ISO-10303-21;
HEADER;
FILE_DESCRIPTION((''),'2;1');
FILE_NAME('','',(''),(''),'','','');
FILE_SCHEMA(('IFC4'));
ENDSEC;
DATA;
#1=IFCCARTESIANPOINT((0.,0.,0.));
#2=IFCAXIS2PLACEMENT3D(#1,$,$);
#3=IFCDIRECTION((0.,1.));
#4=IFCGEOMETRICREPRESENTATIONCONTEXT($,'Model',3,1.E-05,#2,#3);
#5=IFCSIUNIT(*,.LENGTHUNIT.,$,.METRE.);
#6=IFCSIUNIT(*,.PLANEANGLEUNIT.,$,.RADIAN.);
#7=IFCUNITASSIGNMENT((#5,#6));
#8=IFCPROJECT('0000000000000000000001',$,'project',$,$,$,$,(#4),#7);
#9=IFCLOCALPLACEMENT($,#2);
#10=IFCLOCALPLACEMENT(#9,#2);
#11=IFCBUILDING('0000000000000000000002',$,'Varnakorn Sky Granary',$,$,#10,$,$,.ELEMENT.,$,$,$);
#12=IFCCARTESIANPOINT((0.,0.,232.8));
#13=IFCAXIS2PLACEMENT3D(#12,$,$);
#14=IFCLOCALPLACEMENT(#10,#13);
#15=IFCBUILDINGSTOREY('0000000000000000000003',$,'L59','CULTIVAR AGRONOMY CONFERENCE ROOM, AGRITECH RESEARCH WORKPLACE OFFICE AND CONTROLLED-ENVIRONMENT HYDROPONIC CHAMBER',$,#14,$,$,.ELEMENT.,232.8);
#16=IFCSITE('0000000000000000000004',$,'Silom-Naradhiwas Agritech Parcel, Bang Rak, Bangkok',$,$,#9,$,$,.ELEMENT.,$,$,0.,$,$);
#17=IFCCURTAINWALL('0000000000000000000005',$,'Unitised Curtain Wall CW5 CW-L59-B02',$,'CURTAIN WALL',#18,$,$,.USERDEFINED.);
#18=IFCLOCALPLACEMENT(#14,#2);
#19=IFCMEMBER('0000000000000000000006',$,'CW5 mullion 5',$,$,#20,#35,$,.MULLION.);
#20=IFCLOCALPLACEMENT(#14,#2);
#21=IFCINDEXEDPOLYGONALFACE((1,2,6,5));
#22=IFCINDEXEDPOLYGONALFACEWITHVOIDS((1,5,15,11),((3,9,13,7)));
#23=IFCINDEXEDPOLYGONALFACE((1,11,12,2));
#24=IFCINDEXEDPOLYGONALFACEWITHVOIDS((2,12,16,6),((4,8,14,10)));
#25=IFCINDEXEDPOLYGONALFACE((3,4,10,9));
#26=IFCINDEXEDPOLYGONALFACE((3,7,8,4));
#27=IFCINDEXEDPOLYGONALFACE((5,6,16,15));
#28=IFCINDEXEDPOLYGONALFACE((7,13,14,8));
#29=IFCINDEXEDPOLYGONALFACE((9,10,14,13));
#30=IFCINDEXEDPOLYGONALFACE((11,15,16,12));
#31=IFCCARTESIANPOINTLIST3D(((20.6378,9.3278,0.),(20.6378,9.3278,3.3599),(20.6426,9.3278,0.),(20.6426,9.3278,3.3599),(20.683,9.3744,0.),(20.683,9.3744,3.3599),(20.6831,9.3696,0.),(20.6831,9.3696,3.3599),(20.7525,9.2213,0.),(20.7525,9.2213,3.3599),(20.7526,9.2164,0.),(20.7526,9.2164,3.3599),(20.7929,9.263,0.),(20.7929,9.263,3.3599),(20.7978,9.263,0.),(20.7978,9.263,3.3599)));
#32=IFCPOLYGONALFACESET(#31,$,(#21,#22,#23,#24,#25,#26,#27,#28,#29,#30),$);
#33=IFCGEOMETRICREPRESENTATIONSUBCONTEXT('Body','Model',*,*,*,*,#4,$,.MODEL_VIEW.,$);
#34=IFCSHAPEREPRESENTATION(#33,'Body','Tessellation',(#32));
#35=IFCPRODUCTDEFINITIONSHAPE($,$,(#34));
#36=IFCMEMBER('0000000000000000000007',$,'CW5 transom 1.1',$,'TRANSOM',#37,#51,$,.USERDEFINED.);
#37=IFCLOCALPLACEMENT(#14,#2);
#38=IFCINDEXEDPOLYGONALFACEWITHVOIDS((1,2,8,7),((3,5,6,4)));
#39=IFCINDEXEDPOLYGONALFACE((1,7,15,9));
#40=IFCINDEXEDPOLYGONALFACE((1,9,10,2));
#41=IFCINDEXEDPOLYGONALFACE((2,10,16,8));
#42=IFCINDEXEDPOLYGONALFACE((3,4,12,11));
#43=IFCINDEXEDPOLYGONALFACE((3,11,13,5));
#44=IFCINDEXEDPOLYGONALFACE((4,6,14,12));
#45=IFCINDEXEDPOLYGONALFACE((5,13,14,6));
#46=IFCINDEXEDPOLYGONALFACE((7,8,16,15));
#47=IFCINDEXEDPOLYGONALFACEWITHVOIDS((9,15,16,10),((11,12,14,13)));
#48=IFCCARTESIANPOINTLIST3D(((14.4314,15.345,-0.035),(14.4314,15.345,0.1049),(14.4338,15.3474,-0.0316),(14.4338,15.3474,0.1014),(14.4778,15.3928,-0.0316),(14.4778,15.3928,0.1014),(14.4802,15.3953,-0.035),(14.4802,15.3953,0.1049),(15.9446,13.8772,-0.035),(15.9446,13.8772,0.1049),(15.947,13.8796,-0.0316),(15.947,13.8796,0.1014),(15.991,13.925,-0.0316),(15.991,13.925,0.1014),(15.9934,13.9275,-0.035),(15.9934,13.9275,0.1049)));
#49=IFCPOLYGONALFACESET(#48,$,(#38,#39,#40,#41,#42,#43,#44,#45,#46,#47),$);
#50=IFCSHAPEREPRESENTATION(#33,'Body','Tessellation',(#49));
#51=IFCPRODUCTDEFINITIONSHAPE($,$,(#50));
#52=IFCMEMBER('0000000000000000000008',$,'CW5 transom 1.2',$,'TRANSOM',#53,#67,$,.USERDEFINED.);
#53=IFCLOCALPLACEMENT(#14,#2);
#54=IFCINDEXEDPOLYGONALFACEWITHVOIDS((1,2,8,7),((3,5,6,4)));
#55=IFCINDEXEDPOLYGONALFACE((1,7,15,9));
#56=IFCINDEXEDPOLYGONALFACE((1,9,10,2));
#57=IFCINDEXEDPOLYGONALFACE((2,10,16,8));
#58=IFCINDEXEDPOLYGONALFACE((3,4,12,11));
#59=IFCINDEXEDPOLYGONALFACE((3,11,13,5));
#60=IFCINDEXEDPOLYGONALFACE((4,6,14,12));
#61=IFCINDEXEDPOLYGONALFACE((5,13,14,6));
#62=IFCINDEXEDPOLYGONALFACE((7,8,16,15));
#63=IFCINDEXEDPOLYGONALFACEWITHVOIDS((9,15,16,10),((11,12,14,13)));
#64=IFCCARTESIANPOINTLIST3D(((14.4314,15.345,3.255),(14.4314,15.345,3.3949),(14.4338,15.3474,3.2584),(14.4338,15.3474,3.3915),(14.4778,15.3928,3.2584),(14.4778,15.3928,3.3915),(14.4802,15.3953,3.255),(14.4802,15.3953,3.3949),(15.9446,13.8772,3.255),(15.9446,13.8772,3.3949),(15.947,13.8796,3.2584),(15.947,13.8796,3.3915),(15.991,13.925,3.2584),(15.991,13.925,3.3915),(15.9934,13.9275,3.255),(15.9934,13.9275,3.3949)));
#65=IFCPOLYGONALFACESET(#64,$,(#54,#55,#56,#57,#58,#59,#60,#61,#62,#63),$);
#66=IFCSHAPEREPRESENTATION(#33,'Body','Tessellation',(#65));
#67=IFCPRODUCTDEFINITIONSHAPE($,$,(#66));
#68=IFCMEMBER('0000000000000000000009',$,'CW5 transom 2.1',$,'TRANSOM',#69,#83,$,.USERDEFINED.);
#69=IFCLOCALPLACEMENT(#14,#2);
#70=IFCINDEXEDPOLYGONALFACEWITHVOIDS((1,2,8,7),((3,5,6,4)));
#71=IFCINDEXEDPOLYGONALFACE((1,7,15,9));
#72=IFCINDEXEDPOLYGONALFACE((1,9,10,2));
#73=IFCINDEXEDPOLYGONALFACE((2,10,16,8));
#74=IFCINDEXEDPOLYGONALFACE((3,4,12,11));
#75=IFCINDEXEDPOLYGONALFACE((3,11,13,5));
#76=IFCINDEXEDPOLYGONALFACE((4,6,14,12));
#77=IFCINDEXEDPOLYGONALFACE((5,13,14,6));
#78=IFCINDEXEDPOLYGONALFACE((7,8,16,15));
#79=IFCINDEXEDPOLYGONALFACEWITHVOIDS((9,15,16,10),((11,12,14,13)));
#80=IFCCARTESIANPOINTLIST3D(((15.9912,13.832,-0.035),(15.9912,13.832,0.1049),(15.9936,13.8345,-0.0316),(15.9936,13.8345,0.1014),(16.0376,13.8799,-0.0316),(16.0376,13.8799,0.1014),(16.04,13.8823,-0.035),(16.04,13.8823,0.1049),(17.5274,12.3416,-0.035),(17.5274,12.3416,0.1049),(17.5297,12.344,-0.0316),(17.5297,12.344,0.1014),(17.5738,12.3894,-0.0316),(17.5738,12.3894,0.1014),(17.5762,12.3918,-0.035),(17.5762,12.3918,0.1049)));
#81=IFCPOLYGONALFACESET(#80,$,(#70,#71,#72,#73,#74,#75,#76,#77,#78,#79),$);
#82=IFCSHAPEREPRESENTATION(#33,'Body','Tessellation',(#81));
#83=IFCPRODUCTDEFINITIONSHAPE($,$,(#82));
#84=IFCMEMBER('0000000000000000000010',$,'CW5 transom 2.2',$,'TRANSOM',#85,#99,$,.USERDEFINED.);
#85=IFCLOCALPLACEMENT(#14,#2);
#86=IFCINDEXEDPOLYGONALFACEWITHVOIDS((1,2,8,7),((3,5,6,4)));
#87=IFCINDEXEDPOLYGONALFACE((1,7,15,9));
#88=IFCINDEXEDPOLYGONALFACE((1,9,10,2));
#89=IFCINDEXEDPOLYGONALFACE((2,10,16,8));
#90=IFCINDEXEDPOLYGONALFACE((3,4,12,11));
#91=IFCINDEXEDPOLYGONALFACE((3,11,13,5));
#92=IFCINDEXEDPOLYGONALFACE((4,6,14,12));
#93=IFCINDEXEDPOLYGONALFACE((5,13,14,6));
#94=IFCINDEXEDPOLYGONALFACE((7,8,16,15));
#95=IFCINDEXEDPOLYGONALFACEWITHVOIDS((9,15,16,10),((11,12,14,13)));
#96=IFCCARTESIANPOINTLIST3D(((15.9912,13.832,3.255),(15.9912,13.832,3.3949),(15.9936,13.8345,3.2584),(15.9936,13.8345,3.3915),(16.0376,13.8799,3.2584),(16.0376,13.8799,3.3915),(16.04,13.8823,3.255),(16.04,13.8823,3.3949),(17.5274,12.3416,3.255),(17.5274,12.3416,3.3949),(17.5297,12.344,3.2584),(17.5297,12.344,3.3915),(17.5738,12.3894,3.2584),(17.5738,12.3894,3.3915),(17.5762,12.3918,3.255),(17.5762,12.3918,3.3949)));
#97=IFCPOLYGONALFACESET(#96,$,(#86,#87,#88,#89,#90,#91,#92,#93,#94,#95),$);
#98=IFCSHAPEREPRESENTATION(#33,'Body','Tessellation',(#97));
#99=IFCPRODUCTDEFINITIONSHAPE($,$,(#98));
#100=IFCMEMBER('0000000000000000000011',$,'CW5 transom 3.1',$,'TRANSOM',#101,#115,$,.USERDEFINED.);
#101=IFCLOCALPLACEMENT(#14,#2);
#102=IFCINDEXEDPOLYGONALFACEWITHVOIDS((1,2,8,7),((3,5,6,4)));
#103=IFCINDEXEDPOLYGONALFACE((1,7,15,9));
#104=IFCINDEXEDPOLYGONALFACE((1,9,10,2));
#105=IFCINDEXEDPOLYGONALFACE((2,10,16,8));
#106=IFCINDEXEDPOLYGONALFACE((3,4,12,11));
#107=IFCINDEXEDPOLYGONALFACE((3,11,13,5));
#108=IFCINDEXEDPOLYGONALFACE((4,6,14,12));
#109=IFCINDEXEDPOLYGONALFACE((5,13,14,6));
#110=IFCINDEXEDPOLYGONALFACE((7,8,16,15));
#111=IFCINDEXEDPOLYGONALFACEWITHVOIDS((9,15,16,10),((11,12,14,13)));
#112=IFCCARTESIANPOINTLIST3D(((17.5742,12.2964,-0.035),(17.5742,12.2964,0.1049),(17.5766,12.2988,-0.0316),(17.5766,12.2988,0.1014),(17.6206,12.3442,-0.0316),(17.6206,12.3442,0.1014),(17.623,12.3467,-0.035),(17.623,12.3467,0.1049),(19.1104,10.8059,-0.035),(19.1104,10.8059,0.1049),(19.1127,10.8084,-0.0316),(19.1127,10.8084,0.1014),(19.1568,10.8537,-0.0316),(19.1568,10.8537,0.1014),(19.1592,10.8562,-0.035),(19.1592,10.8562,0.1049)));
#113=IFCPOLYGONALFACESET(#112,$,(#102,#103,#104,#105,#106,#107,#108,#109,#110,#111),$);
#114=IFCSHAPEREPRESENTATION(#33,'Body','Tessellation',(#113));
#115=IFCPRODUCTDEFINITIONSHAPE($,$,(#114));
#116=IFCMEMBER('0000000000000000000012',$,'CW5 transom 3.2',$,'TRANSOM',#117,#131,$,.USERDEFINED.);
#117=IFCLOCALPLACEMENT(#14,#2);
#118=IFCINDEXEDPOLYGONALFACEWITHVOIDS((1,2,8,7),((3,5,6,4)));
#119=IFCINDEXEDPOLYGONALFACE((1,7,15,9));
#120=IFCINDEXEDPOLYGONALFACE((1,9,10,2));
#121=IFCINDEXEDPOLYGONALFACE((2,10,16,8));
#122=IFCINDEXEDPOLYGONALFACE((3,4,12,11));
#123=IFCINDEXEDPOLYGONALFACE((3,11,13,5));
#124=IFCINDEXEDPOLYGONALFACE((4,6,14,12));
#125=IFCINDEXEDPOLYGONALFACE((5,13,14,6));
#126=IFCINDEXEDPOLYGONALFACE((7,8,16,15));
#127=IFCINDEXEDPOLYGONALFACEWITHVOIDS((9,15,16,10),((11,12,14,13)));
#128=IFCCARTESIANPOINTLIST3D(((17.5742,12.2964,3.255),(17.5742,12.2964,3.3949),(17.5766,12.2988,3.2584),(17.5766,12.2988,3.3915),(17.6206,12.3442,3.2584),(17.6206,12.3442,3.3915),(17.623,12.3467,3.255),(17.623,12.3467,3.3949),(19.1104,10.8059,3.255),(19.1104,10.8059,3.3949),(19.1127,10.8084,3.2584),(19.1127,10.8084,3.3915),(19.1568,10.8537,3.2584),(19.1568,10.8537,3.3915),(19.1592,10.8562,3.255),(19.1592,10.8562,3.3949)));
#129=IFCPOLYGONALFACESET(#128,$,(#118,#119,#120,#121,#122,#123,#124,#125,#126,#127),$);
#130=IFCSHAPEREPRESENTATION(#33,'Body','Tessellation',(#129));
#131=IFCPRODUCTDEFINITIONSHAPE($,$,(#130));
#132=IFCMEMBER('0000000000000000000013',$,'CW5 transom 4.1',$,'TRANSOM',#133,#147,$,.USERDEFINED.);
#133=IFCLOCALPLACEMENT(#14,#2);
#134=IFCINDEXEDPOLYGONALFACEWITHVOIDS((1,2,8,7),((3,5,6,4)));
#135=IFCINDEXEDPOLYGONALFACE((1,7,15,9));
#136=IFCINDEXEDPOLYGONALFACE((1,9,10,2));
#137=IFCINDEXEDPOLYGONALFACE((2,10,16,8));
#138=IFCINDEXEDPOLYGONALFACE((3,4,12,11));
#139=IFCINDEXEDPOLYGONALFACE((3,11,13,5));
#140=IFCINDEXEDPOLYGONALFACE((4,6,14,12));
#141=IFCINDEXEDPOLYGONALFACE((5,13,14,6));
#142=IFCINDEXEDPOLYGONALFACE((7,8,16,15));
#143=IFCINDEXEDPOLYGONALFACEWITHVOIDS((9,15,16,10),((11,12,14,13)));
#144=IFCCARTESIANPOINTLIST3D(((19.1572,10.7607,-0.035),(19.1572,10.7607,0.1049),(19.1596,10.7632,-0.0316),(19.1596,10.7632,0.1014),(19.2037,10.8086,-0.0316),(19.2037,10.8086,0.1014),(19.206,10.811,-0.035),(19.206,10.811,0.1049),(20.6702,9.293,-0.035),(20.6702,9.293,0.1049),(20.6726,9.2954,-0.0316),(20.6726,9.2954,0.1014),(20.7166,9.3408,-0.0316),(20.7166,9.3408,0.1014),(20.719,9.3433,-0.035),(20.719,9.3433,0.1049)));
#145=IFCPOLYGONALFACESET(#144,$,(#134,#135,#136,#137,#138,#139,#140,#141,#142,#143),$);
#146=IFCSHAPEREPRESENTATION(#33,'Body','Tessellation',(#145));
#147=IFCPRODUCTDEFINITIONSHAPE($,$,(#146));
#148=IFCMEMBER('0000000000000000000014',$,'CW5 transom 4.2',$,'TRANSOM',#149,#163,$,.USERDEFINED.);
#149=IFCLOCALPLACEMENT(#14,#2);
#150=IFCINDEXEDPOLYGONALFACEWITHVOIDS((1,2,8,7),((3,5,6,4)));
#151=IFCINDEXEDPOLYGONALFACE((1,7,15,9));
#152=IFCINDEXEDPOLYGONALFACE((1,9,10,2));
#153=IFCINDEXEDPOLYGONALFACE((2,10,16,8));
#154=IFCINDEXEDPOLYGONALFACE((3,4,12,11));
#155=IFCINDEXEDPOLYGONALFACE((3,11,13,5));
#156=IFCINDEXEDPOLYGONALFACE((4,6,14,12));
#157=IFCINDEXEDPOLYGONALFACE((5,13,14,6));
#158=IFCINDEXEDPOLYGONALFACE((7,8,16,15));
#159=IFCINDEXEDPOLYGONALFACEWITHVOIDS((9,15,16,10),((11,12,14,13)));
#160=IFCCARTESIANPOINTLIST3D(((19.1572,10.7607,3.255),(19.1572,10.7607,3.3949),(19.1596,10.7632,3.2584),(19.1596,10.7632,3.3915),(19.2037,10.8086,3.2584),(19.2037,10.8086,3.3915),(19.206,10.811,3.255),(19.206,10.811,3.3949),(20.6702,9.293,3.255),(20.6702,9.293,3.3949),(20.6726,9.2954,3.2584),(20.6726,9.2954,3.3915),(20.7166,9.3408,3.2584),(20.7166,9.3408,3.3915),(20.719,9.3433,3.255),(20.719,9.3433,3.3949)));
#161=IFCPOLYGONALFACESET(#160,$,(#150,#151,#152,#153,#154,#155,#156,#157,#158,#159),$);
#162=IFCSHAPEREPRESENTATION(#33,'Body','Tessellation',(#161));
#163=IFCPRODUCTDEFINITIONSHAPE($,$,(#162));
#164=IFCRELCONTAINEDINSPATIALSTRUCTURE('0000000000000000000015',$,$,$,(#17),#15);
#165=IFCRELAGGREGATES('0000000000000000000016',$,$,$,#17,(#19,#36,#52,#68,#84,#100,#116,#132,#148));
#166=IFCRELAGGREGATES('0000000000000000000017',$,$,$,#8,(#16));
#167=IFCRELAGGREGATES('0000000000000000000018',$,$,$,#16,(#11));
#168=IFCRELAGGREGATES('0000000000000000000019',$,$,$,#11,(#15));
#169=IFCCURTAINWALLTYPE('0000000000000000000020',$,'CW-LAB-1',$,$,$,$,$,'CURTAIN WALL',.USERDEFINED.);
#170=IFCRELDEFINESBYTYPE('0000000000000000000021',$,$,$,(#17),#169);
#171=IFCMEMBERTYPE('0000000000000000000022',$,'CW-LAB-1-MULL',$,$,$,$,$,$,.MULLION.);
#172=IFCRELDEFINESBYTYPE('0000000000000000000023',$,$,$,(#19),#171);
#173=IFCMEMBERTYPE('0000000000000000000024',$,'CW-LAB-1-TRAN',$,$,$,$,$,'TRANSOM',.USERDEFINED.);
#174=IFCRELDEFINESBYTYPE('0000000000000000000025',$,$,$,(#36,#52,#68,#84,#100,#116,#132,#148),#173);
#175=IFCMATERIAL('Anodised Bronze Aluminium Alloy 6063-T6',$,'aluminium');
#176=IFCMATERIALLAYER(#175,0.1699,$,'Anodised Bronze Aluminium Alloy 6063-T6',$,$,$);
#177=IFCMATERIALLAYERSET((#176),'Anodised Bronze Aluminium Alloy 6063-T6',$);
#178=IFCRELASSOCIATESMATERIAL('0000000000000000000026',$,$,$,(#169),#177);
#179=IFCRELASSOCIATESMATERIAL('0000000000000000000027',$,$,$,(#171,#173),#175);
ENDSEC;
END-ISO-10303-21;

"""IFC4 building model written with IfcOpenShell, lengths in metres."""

from ifc_helpers import new_model, si_unit, direction, frame, origin, origin_2d, place, context, subcontext, project, spatial, hollow_rectangle, extrude, material, layer, layer_set, material_profile, profile_set, type_object, element, aggregate, save


model = new_model("IFC4")

# Units and contexts
model_context = context("Model", 3, precision=1e-05, world=origin(), true_north=direction((0.0, 1.0)))
body_context = subcontext(model_context, "Body", "Model", "MODEL_VIEW")
ifc_project = project(units=[si_unit("LENGTHUNIT", "METRE"), si_unit("PLANEANGLEUNIT", "RADIAN")], contexts=[model_context])

# Site, building, storey
site_placement = place(None, origin())
site = spatial("IfcSite", under=ifc_project, at=site_placement, Name="Silom-Naradhiwas Agritech Parcel, Bang Rak, Bangkok", CompositionType="ELEMENT", RefElevation=0.0)
building_placement = place(site_placement, origin())
building = spatial("IfcBuilding", under=site, at=building_placement, Name="Varnakorn Sky Granary", CompositionType="ELEMENT")
storey_placement = place(building_placement, frame((0.0, 0.0, 232.8)))
storey = spatial("IfcBuildingStorey", under=building, at=storey_placement, Name="L59", Description="CULTIVAR AGRONOMY CONFERENCE ROOM, AGRITECH RESEARCH WORKPLACE OFFICE AND CONTROLLED-ENVIRONMENT HYDROPONIC CHAMBER", CompositionType="ELEMENT", Elevation=232.8)

# Curtain wall, members
ifc_material_1 = material(Name="Anodised Bronze Aluminium Alloy 6063-T6", Category="aluminium")
ifc_layer_1 = layer(ifc_material_1, 0.1699, Name="Anodised Bronze Aluminium Alloy 6063-T6")
ifc_layer_set_1 = layer_set([ifc_layer_1], Name="Anodised Bronze Aluminium Alloy 6063-T6")
curtain_wall_type = type_object("IfcCurtainWallType", Name="CW-LAB-1", ElementType="CURTAIN WALL", PredefinedType="USERDEFINED", material=ifc_layer_set_1)
curtain_wall_placement = place(storey_placement, origin())
curtain_wall = element("IfcCurtainWall", 1, at=curtain_wall_placement, inside=storey, type_object=curtain_wall_type, Name="Unitised Curtain Wall CW5 CW-L59-B02", ObjectType="CURTAIN WALL", PredefinedType="USERDEFINED")
ifc_material_profile_1 = material_profile(ifc_material_1, hollow_rectangle(XDim=0.0649, YDim=0.1599, WallThickness=0.0034, at=origin_2d()), Name="ALU MULL 65x160")
ifc_profile_set_1 = profile_set([ifc_material_profile_1], Name="Anodised Bronze Aluminium Alloy 6063-T6")
member_type_1 = type_object("IfcMemberType", Name="CW-LAB-1-MULL", PredefinedType="MULLION", material=ifc_profile_set_1)
member_1_placement = place(storey_placement, frame((20.7178, 9.2954, 0.0), z_axis=(0.0, 0.0, 1.0), x_axis=(0.696279, 0.717771, 0.0)))
member_1 = element("IfcMember", 2, at=member_1_placement, type_object=member_type_1, Name="CW5 mullion 5", PredefinedType="MULLION", context=body_context, shape_type="SweptSolid", body=[
    extrude(hollow_rectangle(XDim=0.0649, YDim=0.1599, WallThickness=0.0034, at=origin_2d()), origin(), (0.0, 0.0, 1.0), 3.3599),
])
ifc_material_profile_2 = material_profile(ifc_material_1, hollow_rectangle(XDim=0.0701, YDim=0.1399, WallThickness=0.0034, at=origin_2d()), Name="ALU TRAN 70x140")
ifc_profile_set_2 = profile_set([ifc_material_profile_2], Name="Anodised Bronze Aluminium Alloy 6063-T6")
member_type_2 = type_object("IfcMemberType", Name="CW-LAB-1-TRAN", ElementType="TRANSOM", PredefinedType="USERDEFINED", material=ifc_profile_set_2)
member_2_placement = place(storey_placement, frame((14.4558, 15.3701, 0.0349), z_axis=(0.717795, -0.696254, 0.0), x_axis=(0.696254, 0.717795, 0.0)))
member_2 = element("IfcMember", 3, at=member_2_placement, type_object=member_type_2, Name="CW5 transom 1.1", ObjectType="TRANSOM", PredefinedType="USERDEFINED", context=body_context, shape_type="SweptSolid", body=[
    extrude(hollow_rectangle(XDim=0.0701, YDim=0.1399, WallThickness=0.0034, at=origin_2d()), origin(), (0.0, 0.0, 1.0), 2.1082),
])
member_3_placement = place(storey_placement, frame((14.4558, 15.3701, 3.325), z_axis=(0.717795, -0.696254, 0.0), x_axis=(0.696254, 0.717795, 0.0)))
member_3 = element("IfcMember", 4, at=member_3_placement, type_object=member_type_2, Name="CW5 transom 1.2", ObjectType="TRANSOM", PredefinedType="USERDEFINED", context=body_context, shape_type="SweptSolid", body=[
    extrude(hollow_rectangle(XDim=0.0701, YDim=0.1399, WallThickness=0.0034, at=origin_2d()), origin(), (0.0, 0.0, 1.0), 2.1082),
])
member_4_placement = place(storey_placement, frame((16.0156, 13.8572, 0.0349), z_axis=(0.717691, -0.696361, 0.0), x_axis=(0.696361, 0.717691, 0.0)))
member_4 = element("IfcMember", 5, at=member_4_placement, type_object=member_type_2, Name="CW5 transom 2.1", ObjectType="TRANSOM", PredefinedType="USERDEFINED", context=body_context, shape_type="SweptSolid", body=[
    extrude(hollow_rectangle(XDim=0.0701, YDim=0.1399, WallThickness=0.0034, at=origin_2d()), origin(), (0.0, 0.0, 1.0), 2.1404),
])
member_5_placement = place(storey_placement, frame((16.0156, 13.8572, 3.325), z_axis=(0.717691, -0.696361, 0.0), x_axis=(0.696361, 0.717691, 0.0)))
member_5 = element("IfcMember", 6, at=member_5_placement, type_object=member_type_2, Name="CW5 transom 2.2", ObjectType="TRANSOM", PredefinedType="USERDEFINED", context=body_context, shape_type="SweptSolid", body=[
    extrude(hollow_rectangle(XDim=0.0701, YDim=0.1399, WallThickness=0.0034, at=origin_2d()), origin(), (0.0, 0.0, 1.0), 2.1404),
])
member_6_placement = place(storey_placement, frame((17.5986, 12.3215, 0.0349), z_axis=(0.717691, -0.696361, 0.0), x_axis=(0.696361, 0.717691, 0.0)))
member_6 = element("IfcMember", 7, at=member_6_placement, type_object=member_type_2, Name="CW5 transom 3.1", ObjectType="TRANSOM", PredefinedType="USERDEFINED", context=body_context, shape_type="SweptSolid", body=[
    extrude(hollow_rectangle(XDim=0.0701, YDim=0.1399, WallThickness=0.0034, at=origin_2d()), origin(), (0.0, 0.0, 1.0), 2.1404),
])
member_7_placement = place(storey_placement, frame((17.5986, 12.3215, 3.325), z_axis=(0.717691, -0.696361, 0.0), x_axis=(0.696361, 0.717691, 0.0)))
member_7 = element("IfcMember", 8, at=member_7_placement, type_object=member_type_2, Name="CW5 transom 3.2", ObjectType="TRANSOM", PredefinedType="USERDEFINED", context=body_context, shape_type="SweptSolid", body=[
    extrude(hollow_rectangle(XDim=0.0701, YDim=0.1399, WallThickness=0.0034, at=origin_2d()), origin(), (0.0, 0.0, 1.0), 2.1404),
])
member_8_placement = place(storey_placement, frame((19.1816, 10.7859, 0.0349), z_axis=(0.717739, -0.696312, 0.0), x_axis=(0.696312, 0.717739, 0.0)))
member_8 = element("IfcMember", 9, at=member_8_placement, type_object=member_type_2, Name="CW5 transom 4.1", ObjectType="TRANSOM", PredefinedType="USERDEFINED", context=body_context, shape_type="SweptSolid", body=[
    extrude(hollow_rectangle(XDim=0.0701, YDim=0.1399, WallThickness=0.0034, at=origin_2d()), origin(), (0.0, 0.0, 1.0), 2.1079),
])
member_9_placement = place(storey_placement, frame((19.1816, 10.7859, 3.325), z_axis=(0.717739, -0.696312, 0.0), x_axis=(0.696312, 0.717739, 0.0)))
member_9 = element("IfcMember", 10, at=member_9_placement, type_object=member_type_2, Name="CW5 transom 4.2", ObjectType="TRANSOM", PredefinedType="USERDEFINED", context=body_context, shape_type="SweptSolid", body=[
    extrude(hollow_rectangle(XDim=0.0701, YDim=0.1399, WallThickness=0.0034, at=origin_2d()), origin(), (0.0, 0.0, 1.0), 2.1079),
])

aggregate(curtain_wall, [member_1, member_2, member_3, member_4, member_5, member_6, member_7, member_8, member_9])

save(model, "model.ifc")
